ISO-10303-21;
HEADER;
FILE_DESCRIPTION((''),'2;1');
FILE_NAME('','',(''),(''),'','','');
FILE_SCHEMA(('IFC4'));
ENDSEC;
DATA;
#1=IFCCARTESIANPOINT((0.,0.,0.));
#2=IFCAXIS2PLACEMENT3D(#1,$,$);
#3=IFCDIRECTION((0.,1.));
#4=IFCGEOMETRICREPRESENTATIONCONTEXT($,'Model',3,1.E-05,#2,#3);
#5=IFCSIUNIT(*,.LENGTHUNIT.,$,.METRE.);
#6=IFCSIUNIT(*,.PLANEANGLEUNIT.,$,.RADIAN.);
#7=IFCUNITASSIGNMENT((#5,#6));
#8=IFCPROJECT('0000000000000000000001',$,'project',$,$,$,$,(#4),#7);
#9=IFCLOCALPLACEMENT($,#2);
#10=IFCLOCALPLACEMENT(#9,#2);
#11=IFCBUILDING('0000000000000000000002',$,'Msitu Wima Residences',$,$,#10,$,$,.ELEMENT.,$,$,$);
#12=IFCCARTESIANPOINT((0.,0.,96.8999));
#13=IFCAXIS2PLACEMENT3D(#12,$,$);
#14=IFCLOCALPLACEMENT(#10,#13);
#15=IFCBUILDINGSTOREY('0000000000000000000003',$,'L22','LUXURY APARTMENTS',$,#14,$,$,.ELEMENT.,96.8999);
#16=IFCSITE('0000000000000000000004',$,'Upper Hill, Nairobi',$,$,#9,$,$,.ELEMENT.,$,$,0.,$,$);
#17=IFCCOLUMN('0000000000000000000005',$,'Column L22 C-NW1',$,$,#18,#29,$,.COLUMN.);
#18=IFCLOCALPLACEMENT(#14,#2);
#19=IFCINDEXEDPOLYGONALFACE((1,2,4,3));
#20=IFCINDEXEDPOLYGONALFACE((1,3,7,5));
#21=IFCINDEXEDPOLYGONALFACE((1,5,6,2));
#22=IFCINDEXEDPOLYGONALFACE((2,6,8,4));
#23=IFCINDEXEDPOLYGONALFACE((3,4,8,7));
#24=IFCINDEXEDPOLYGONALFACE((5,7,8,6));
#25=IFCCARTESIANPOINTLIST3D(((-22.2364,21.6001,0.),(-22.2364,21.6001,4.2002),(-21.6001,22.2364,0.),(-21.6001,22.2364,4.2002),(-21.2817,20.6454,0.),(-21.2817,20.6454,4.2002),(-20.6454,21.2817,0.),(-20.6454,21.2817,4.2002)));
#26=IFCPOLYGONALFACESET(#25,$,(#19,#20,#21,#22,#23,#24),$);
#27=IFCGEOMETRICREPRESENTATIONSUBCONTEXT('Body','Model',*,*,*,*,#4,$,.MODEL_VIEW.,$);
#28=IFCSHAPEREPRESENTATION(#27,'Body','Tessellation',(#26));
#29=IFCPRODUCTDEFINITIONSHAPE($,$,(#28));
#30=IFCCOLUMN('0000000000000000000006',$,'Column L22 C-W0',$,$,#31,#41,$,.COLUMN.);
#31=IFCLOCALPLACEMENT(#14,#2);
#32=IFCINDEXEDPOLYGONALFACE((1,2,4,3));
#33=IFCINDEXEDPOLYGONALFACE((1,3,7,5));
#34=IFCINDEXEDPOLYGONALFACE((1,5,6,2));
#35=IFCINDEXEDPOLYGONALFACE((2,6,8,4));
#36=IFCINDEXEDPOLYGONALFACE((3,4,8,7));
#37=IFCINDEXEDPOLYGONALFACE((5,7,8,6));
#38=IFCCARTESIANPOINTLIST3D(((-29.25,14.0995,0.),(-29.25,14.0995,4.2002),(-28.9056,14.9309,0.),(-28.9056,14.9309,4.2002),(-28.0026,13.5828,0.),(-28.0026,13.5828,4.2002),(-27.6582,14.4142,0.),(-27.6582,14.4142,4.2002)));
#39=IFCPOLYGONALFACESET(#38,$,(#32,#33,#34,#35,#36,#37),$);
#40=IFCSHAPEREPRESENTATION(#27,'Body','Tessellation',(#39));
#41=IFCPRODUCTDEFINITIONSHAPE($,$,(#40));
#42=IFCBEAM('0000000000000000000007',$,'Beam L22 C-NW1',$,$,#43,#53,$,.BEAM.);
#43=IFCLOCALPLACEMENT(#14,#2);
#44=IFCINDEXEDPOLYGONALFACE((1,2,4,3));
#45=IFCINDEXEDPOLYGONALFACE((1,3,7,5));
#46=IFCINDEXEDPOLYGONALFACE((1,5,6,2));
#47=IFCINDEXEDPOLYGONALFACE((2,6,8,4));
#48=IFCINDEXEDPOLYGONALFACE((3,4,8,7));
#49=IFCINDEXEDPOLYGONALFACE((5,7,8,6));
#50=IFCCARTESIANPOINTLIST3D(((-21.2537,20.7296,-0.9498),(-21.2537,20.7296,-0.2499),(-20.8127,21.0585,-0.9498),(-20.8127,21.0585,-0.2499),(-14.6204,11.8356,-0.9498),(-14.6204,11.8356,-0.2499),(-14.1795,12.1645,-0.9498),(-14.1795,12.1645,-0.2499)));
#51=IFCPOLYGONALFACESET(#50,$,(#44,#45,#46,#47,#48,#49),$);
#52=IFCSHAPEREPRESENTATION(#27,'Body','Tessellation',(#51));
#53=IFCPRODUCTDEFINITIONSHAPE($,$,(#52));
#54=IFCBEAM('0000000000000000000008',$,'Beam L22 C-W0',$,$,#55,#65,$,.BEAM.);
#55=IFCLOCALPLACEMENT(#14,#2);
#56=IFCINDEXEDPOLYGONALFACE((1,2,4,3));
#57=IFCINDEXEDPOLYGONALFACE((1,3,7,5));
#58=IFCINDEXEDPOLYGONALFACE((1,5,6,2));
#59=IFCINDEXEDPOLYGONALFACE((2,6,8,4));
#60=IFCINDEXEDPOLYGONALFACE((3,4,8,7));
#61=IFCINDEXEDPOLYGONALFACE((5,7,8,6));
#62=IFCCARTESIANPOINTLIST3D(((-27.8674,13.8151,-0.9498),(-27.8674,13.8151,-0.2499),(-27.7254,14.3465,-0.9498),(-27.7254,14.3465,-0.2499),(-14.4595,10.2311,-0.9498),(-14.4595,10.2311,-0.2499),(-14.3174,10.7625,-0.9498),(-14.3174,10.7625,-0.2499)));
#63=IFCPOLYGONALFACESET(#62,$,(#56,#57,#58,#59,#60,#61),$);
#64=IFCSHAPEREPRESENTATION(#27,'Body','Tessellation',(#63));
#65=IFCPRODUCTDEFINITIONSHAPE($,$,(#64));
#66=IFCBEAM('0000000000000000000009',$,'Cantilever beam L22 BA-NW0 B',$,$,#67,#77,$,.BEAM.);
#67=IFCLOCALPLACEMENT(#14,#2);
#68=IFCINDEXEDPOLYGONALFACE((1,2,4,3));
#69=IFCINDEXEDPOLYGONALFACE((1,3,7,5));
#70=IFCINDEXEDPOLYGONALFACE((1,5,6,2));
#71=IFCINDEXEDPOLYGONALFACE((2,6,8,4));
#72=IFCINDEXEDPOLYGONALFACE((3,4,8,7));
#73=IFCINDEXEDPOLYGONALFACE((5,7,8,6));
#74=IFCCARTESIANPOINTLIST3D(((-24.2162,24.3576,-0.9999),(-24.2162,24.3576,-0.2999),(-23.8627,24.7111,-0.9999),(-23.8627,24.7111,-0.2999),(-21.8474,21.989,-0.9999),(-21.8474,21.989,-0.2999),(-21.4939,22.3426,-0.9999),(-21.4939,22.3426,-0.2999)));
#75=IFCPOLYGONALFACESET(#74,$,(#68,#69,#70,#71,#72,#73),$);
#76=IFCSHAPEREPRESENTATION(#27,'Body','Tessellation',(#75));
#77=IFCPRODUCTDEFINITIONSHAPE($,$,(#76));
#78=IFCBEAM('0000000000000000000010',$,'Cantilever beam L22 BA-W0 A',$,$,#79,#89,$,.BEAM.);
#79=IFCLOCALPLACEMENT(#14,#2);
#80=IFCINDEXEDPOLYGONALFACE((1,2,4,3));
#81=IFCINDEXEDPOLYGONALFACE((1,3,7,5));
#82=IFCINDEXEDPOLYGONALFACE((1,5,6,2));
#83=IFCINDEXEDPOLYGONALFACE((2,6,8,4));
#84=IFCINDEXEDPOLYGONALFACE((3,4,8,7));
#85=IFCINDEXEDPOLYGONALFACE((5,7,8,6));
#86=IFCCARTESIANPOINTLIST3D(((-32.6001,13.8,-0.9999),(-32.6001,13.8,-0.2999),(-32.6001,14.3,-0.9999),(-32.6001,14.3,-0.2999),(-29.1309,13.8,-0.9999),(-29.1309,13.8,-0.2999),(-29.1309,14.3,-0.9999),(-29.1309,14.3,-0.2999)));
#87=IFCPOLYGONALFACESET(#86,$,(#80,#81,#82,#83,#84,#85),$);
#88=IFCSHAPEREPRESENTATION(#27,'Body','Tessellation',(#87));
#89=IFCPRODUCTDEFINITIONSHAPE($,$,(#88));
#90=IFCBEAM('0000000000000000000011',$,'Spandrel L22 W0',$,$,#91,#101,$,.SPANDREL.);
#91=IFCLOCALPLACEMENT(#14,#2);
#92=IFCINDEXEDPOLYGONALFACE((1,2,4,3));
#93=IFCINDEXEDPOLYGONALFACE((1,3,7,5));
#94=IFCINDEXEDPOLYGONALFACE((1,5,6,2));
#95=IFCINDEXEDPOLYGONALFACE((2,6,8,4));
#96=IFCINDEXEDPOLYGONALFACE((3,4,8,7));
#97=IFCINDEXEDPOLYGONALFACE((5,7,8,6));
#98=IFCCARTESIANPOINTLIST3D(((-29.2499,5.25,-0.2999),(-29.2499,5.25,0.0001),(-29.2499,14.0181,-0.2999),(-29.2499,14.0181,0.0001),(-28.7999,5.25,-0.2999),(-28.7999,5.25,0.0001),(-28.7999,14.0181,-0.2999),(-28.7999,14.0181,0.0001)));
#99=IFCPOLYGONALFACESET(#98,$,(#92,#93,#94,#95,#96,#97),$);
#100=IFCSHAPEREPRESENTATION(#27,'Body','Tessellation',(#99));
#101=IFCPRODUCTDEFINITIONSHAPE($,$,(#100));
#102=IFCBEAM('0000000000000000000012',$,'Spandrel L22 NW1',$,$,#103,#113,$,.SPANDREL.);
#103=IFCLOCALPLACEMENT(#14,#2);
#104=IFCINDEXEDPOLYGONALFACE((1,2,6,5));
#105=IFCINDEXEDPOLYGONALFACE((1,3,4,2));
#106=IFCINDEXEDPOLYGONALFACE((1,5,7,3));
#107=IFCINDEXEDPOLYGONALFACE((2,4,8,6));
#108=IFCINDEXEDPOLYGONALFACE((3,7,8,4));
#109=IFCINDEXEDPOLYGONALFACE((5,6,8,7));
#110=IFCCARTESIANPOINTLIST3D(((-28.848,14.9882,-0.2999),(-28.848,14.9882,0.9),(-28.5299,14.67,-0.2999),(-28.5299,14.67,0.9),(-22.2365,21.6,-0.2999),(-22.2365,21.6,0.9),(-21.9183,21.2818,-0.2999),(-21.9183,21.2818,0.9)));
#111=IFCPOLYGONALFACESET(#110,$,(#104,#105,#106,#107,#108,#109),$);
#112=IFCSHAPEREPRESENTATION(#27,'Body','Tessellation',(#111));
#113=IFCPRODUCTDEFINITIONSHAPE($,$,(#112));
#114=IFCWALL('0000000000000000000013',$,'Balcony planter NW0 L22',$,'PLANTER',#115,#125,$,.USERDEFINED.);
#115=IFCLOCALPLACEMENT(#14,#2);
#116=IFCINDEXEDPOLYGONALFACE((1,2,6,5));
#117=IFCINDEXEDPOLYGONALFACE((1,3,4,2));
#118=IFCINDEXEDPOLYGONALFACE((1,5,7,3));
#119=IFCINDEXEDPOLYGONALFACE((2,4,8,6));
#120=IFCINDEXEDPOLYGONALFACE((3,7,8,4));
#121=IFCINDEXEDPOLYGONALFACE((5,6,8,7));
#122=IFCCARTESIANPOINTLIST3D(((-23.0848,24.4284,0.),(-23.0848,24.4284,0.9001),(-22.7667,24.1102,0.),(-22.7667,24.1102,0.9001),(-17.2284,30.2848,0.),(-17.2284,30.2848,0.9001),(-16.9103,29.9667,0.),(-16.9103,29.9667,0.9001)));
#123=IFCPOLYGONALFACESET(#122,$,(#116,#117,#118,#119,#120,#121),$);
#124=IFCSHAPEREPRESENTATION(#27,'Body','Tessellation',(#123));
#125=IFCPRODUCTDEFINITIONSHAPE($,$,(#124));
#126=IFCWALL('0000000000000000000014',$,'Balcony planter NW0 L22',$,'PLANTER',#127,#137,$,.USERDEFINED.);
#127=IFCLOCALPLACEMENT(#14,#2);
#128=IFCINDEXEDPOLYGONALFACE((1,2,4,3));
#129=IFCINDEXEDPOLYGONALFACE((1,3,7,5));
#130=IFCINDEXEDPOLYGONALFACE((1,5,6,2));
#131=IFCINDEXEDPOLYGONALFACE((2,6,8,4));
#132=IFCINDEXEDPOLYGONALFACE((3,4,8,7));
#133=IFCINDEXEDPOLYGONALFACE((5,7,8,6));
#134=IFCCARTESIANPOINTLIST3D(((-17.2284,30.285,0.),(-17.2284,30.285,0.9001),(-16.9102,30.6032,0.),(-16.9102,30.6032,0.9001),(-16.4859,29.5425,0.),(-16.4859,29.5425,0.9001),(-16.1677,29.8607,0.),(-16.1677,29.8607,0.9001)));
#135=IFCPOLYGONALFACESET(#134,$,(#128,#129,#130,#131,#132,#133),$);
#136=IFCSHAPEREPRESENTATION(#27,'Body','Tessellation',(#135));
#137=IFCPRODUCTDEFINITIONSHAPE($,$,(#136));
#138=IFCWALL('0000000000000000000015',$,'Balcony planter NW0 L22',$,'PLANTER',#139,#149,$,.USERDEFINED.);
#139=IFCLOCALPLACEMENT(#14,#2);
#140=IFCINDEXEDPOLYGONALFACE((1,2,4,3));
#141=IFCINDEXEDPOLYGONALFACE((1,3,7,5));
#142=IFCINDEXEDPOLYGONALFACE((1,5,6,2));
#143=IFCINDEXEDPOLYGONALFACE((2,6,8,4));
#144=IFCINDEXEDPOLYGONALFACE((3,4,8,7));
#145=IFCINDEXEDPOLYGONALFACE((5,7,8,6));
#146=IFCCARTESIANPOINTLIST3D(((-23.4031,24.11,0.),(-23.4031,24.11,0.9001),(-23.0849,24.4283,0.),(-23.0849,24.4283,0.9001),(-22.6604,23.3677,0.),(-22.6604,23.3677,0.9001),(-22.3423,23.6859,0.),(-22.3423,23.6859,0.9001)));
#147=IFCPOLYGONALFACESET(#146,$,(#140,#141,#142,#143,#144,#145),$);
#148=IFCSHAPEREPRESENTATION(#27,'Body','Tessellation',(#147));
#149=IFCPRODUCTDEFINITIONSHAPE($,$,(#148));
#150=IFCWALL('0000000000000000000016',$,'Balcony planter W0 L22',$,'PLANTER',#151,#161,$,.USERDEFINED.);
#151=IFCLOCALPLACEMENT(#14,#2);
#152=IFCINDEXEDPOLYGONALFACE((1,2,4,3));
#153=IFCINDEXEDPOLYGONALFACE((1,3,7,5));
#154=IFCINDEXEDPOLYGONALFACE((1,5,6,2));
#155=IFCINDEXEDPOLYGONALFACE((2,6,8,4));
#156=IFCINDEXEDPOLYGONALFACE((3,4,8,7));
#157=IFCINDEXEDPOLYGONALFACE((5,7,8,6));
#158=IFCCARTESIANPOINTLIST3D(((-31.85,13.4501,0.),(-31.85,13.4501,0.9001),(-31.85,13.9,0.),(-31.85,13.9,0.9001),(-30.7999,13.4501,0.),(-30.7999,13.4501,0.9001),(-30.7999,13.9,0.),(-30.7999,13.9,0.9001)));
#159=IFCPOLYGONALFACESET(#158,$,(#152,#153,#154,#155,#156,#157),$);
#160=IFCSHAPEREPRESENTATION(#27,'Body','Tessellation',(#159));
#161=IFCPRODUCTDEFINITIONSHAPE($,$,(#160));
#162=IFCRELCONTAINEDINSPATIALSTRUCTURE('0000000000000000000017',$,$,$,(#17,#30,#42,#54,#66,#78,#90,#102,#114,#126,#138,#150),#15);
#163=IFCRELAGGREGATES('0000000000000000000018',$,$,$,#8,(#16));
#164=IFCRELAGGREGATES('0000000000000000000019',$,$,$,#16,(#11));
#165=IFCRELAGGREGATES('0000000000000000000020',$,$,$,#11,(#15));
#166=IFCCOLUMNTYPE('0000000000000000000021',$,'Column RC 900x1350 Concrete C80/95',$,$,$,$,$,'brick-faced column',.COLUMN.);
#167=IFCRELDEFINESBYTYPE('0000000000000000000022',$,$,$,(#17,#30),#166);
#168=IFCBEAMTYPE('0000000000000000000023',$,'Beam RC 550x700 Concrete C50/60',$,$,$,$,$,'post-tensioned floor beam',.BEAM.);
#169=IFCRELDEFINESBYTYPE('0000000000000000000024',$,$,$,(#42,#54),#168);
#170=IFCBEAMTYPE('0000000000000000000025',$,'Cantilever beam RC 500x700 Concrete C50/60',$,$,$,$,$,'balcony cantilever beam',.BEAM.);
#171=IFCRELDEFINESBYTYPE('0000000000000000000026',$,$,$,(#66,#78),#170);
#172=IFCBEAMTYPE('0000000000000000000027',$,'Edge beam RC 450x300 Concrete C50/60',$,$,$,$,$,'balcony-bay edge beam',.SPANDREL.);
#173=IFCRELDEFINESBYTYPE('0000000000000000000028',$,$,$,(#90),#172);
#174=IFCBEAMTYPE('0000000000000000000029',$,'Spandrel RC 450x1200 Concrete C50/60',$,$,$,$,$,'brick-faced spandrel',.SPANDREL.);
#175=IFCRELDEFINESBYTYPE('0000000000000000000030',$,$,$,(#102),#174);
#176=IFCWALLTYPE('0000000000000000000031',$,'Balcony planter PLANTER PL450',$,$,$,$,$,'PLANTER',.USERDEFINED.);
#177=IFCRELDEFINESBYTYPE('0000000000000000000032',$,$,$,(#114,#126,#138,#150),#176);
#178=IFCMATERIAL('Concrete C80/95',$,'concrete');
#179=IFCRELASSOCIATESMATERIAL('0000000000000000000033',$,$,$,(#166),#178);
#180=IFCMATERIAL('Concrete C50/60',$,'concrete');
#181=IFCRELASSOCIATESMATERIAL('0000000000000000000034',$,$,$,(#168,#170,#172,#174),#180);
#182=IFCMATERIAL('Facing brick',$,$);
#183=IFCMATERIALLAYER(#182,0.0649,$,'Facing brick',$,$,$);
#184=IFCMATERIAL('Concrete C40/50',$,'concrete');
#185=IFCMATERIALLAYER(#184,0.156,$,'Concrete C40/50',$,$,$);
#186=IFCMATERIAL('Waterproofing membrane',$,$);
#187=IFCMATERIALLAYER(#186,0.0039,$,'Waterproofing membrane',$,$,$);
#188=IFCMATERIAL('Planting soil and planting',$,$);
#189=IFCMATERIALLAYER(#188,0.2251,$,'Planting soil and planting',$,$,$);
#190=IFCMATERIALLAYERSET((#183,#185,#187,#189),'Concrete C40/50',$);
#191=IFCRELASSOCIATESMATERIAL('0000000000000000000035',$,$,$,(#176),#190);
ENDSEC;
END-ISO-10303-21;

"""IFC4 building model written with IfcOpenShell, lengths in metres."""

from ifc_helpers import new_model, si_unit, direction, frame, frame_2d, origin, origin_2d, place, context, subcontext, project, spatial, rectangle, extrude, material, layer, layer_set, material_profile, profile_set, type_object, element, save


model = new_model("IFC4")

# Units and contexts
model_context = context("Model", 3, precision=1e-05, world=origin(), true_north=direction((0.0, 1.0)))
body_context = subcontext(model_context, "Body", "Model", "MODEL_VIEW")
ifc_project = project(units=[si_unit("LENGTHUNIT", "METRE"), si_unit("PLANEANGLEUNIT", "RADIAN")], contexts=[model_context])

# Site, building, storey
site_placement = place(None, origin())
site = spatial("IfcSite", under=ifc_project, at=site_placement, Name="Upper Hill, Nairobi", CompositionType="ELEMENT", RefElevation=0.0)
building_placement = place(site_placement, origin())
building = spatial("IfcBuilding", under=site, at=building_placement, Name="Msitu Wima Residences", CompositionType="ELEMENT")
storey_placement = place(building_placement, frame((0.0, 0.0, 96.8999)))
storey = spatial("IfcBuildingStorey", under=building, at=storey_placement, Name="L22", Description="LUXURY APARTMENTS", CompositionType="ELEMENT", Elevation=96.8999)

# Columns
ifc_material_1 = material(Name="Concrete C80/95", Category="concrete")
ifc_material_profile_1 = material_profile(ifc_material_1, rectangle(XDim=0.8999, YDim=1.3501, at=origin_2d()), Name="RC 900x1350")
ifc_profile_set_1 = profile_set([ifc_material_profile_1], Name="Concrete C80/95")
column_type = type_object("IfcColumnType", Name="Column RC 900x1350 Concrete C80/95", ElementType="brick-faced column", PredefinedType="COLUMN", material=ifc_profile_set_1)
for number, where, z_axis, x_axis, name in (
    (1, (-21.4409, 21.4409, 0.0), (0.0, 0.0, 1.0), (-0.707107, -0.707107, 0.0), "Column L22 C-NW1"),
    (2, (-28.4541, 14.2568, 0.0), (0.0, 0.0, 1.0), (-0.382683, -0.92388, 0.0), "Column L22 C-W0"),
):
    element("IfcColumn", number, at=place(storey_placement, frame(where, z_axis=z_axis, x_axis=x_axis)), inside=storey, type_object=column_type, Name=name, PredefinedType="COLUMN", context=body_context, shape_type="SweptSolid", body=[
        extrude(rectangle(XDim=0.8999, YDim=1.3501, at=origin_2d()), origin(), (0.0, 0.0, 1.0), 4.2002),
    ])

# Beams
ifc_material_2 = material(Name="Concrete C50/60", Category="concrete")
ifc_material_profile_2 = material_profile(ifc_material_2, rectangle(XDim=0.55, YDim=0.7, at=origin_2d()), Name="RC 550x700")
ifc_profile_set_2 = profile_set([ifc_material_profile_2], Name="Concrete C50/60")
beam_type_1 = type_object("IfcBeamType", Name="Beam RC 550x700 Concrete C50/60", ElementType="post-tensioned floor beam", PredefinedType="BEAM", material=ifc_profile_set_2)
beam_1_placement = place(storey_placement, frame((-21.0332, 20.894, -0.5999), z_axis=(0.59785, -0.801608, 0.0), x_axis=(0.801608, 0.59785, 0.0)))
element("IfcBeam", 3, at=beam_1_placement, inside=storey, type_object=beam_type_1, Name="Beam L22 C-NW1", PredefinedType="BEAM", context=body_context, shape_type="SweptSolid", body=[
    extrude(rectangle(XDim=0.55, YDim=0.7, at=origin_2d()), origin(), (0.0, 0.0, 1.0), 11.0952),
])
beam_2_placement = place(storey_placement, frame((-27.7964, 14.0808, -0.5999), z_axis=(0.966082, -0.258236, 0.0), x_axis=(0.258236, 0.966082, 0.0)))
element("IfcBeam", 4, at=beam_2_placement, inside=storey, type_object=beam_type_1, Name="Beam L22 C-W0", PredefinedType="BEAM", context=body_context, shape_type="SweptSolid", body=[
    extrude(rectangle(XDim=0.55, YDim=0.7, at=origin_2d()), origin(), (0.0, 0.0, 1.0), 13.8787),
])
ifc_material_profile_3 = material_profile(ifc_material_2, rectangle(XDim=0.5, YDim=0.7, at=origin_2d()), Name="RC 500x700")
ifc_profile_set_3 = profile_set([ifc_material_profile_3], Name="Concrete C50/60")
beam_type_2 = type_object("IfcBeamType", Name="Cantilever beam RC 500x700 Concrete C50/60", ElementType="balcony cantilever beam", PredefinedType="BEAM", material=ifc_profile_set_3)
beam_3_placement = place(storey_placement, frame((-21.6707, 22.1658, -0.6499), z_axis=(-0.707143, 0.70707, 0.0), x_axis=(-0.70707, -0.707143, 0.0)))
element("IfcBeam", 5, at=beam_3_placement, inside=storey, type_object=beam_type_2, Name="Cantilever beam L22 BA-NW0 B", PredefinedType="BEAM", context=body_context, shape_type="SweptSolid", body=[
    extrude(rectangle(XDim=0.5, YDim=0.7, at=origin_2d()), origin(), (0.0, 0.0, 1.0), 3.3499),
])
beam_4_placement = place(storey_placement, frame((-29.1309, 14.05, -0.6499), z_axis=(-1.0, 0.0, 0.0), x_axis=(0.0, -1.0, 0.0)))
element("IfcBeam", 6, at=beam_4_placement, inside=storey, type_object=beam_type_2, Name="Cantilever beam L22 BA-W0 A", PredefinedType="BEAM", context=body_context, shape_type="SweptSolid", body=[
    extrude(rectangle(XDim=0.5, YDim=0.7, at=origin_2d()), origin(), (0.0, 0.0, 1.0), 3.4692),
])
ifc_material_profile_4 = material_profile(ifc_material_2, rectangle(XDim=0.45, YDim=0.3, at=origin_2d()), Name="RC 450x300")
ifc_profile_set_4 = profile_set([ifc_material_profile_4], Name="Concrete C50/60")
beam_type_3 = type_object("IfcBeamType", Name="Edge beam RC 450x300 Concrete C50/60", ElementType="balcony-bay edge beam", PredefinedType="SPANDREL", material=ifc_profile_set_4)
beam_5_placement = place(storey_placement, frame((-29.0249, 14.0181, -0.1499), z_axis=(0.0, -1.0, 0.0), x_axis=(1.0, 0.0, 0.0)))
element("IfcBeam", 7, at=beam_5_placement, inside=storey, type_object=beam_type_3, Name="Spandrel L22 W0", PredefinedType="SPANDREL", context=body_context, shape_type="SweptSolid", body=[
    extrude(rectangle(XDim=0.45, YDim=0.3, at=origin_2d()), origin(), (0.0, 0.0, 1.0), 8.7681),
])
ifc_material_profile_5 = material_profile(ifc_material_2, rectangle(XDim=0.45, YDim=1.2, at=origin_2d()), Name="RC 450x1200")
ifc_profile_set_5 = profile_set([ifc_material_profile_5], Name="Concrete C50/60")
beam_type_4 = type_object("IfcBeamType", Name="Spandrel RC 450x1200 Concrete C50/60", ElementType="brick-faced spandrel", PredefinedType="SPANDREL", material=ifc_profile_set_5)
beam_6_placement = place(storey_placement, frame((-22.0774, 21.4409, 0.3), z_axis=(-0.707094, -0.70712, 0.0), x_axis=(0.70712, -0.707094, 0.0)))
element("IfcBeam", 8, at=beam_6_placement, inside=storey, type_object=beam_type_4, Name="Spandrel L22 NW1", PredefinedType="SPANDREL", context=body_context, shape_type="SweptSolid", body=[
    extrude(rectangle(XDim=0.45, YDim=1.2, at=origin_2d()), origin(), (0.0, 0.0, 1.0), 9.3503),
])

# Walls
ifc_material_3 = material(Name="Facing brick")
ifc_layer_1 = layer(ifc_material_3, 0.0649, Name="Facing brick")
ifc_material_4 = material(Name="Concrete C40/50", Category="concrete")
ifc_layer_2 = layer(ifc_material_4, 0.156, Name="Concrete C40/50")
ifc_material_5 = material(Name="Waterproofing membrane")
ifc_layer_3 = layer(ifc_material_5, 0.0039, Name="Waterproofing membrane")
ifc_material_6 = material(Name="Planting soil and planting")
ifc_layer_4 = layer(ifc_material_6, 0.2251, Name="Planting soil and planting")
ifc_layer_set_1 = layer_set([ifc_layer_1, ifc_layer_2, ifc_layer_3, ifc_layer_4], Name="Concrete C40/50")
wall_type_1 = type_object("IfcWallType", Name="Balcony planter PLANTER PL450", ElementType="PLANTER", PredefinedType="USERDEFINED", material=ifc_layer_set_1)
wall_1_placement = place(storey_placement, frame((-17.0693, 30.1257, 0.0), z_axis=(0.0, 0.0, 1.0), x_axis=(-0.707107, -0.707107, 0.0)))
element("IfcWall", 9, at=wall_1_placement, inside=storey, type_object=wall_type_1, Name="Balcony planter NW0 L22", ObjectType="PLANTER", PredefinedType="USERDEFINED", context=body_context, shape_type="SweptSolid", body=[
    extrude(rectangle(XDim=8.2822, YDim=0.45, at=frame_2d((4.1411, 0.0))), origin(), (0.0, 0.0, 1.0), 0.9001),
])
for number, where, z_axis, x_axis, name in (
    (10, (-16.3269, 29.7017, 0.0), (0.0, 0.0, 1.0), (-0.707107, 0.707107, 0.0), "Balcony planter NW0 L22"),
    (11, (-22.5015, 23.5269, 0.0), (0.0, 0.0, 1.0), (-0.707223, 0.706991, 0.0), "Balcony planter NW0 L22"),
    (12, (-30.8, 13.675, 0.0), (0.0, 0.0, 1.0), (-1.0, 0.0, 0.0), "Balcony planter W0 L22"),
):
    element("IfcWall", number, at=place(storey_placement, frame(where, z_axis=z_axis, x_axis=x_axis)), inside=storey, type_object=wall_type_1, Name=name, ObjectType="PLANTER", PredefinedType="USERDEFINED", context=body_context, shape_type="SweptSolid", body=[
        extrude(rectangle(XDim=1.05, YDim=0.45, at=frame_2d((0.5249, 0.0))), origin(), (0.0, 0.0, 1.0), 0.9001),
    ])

save(model, "model.ifc")
